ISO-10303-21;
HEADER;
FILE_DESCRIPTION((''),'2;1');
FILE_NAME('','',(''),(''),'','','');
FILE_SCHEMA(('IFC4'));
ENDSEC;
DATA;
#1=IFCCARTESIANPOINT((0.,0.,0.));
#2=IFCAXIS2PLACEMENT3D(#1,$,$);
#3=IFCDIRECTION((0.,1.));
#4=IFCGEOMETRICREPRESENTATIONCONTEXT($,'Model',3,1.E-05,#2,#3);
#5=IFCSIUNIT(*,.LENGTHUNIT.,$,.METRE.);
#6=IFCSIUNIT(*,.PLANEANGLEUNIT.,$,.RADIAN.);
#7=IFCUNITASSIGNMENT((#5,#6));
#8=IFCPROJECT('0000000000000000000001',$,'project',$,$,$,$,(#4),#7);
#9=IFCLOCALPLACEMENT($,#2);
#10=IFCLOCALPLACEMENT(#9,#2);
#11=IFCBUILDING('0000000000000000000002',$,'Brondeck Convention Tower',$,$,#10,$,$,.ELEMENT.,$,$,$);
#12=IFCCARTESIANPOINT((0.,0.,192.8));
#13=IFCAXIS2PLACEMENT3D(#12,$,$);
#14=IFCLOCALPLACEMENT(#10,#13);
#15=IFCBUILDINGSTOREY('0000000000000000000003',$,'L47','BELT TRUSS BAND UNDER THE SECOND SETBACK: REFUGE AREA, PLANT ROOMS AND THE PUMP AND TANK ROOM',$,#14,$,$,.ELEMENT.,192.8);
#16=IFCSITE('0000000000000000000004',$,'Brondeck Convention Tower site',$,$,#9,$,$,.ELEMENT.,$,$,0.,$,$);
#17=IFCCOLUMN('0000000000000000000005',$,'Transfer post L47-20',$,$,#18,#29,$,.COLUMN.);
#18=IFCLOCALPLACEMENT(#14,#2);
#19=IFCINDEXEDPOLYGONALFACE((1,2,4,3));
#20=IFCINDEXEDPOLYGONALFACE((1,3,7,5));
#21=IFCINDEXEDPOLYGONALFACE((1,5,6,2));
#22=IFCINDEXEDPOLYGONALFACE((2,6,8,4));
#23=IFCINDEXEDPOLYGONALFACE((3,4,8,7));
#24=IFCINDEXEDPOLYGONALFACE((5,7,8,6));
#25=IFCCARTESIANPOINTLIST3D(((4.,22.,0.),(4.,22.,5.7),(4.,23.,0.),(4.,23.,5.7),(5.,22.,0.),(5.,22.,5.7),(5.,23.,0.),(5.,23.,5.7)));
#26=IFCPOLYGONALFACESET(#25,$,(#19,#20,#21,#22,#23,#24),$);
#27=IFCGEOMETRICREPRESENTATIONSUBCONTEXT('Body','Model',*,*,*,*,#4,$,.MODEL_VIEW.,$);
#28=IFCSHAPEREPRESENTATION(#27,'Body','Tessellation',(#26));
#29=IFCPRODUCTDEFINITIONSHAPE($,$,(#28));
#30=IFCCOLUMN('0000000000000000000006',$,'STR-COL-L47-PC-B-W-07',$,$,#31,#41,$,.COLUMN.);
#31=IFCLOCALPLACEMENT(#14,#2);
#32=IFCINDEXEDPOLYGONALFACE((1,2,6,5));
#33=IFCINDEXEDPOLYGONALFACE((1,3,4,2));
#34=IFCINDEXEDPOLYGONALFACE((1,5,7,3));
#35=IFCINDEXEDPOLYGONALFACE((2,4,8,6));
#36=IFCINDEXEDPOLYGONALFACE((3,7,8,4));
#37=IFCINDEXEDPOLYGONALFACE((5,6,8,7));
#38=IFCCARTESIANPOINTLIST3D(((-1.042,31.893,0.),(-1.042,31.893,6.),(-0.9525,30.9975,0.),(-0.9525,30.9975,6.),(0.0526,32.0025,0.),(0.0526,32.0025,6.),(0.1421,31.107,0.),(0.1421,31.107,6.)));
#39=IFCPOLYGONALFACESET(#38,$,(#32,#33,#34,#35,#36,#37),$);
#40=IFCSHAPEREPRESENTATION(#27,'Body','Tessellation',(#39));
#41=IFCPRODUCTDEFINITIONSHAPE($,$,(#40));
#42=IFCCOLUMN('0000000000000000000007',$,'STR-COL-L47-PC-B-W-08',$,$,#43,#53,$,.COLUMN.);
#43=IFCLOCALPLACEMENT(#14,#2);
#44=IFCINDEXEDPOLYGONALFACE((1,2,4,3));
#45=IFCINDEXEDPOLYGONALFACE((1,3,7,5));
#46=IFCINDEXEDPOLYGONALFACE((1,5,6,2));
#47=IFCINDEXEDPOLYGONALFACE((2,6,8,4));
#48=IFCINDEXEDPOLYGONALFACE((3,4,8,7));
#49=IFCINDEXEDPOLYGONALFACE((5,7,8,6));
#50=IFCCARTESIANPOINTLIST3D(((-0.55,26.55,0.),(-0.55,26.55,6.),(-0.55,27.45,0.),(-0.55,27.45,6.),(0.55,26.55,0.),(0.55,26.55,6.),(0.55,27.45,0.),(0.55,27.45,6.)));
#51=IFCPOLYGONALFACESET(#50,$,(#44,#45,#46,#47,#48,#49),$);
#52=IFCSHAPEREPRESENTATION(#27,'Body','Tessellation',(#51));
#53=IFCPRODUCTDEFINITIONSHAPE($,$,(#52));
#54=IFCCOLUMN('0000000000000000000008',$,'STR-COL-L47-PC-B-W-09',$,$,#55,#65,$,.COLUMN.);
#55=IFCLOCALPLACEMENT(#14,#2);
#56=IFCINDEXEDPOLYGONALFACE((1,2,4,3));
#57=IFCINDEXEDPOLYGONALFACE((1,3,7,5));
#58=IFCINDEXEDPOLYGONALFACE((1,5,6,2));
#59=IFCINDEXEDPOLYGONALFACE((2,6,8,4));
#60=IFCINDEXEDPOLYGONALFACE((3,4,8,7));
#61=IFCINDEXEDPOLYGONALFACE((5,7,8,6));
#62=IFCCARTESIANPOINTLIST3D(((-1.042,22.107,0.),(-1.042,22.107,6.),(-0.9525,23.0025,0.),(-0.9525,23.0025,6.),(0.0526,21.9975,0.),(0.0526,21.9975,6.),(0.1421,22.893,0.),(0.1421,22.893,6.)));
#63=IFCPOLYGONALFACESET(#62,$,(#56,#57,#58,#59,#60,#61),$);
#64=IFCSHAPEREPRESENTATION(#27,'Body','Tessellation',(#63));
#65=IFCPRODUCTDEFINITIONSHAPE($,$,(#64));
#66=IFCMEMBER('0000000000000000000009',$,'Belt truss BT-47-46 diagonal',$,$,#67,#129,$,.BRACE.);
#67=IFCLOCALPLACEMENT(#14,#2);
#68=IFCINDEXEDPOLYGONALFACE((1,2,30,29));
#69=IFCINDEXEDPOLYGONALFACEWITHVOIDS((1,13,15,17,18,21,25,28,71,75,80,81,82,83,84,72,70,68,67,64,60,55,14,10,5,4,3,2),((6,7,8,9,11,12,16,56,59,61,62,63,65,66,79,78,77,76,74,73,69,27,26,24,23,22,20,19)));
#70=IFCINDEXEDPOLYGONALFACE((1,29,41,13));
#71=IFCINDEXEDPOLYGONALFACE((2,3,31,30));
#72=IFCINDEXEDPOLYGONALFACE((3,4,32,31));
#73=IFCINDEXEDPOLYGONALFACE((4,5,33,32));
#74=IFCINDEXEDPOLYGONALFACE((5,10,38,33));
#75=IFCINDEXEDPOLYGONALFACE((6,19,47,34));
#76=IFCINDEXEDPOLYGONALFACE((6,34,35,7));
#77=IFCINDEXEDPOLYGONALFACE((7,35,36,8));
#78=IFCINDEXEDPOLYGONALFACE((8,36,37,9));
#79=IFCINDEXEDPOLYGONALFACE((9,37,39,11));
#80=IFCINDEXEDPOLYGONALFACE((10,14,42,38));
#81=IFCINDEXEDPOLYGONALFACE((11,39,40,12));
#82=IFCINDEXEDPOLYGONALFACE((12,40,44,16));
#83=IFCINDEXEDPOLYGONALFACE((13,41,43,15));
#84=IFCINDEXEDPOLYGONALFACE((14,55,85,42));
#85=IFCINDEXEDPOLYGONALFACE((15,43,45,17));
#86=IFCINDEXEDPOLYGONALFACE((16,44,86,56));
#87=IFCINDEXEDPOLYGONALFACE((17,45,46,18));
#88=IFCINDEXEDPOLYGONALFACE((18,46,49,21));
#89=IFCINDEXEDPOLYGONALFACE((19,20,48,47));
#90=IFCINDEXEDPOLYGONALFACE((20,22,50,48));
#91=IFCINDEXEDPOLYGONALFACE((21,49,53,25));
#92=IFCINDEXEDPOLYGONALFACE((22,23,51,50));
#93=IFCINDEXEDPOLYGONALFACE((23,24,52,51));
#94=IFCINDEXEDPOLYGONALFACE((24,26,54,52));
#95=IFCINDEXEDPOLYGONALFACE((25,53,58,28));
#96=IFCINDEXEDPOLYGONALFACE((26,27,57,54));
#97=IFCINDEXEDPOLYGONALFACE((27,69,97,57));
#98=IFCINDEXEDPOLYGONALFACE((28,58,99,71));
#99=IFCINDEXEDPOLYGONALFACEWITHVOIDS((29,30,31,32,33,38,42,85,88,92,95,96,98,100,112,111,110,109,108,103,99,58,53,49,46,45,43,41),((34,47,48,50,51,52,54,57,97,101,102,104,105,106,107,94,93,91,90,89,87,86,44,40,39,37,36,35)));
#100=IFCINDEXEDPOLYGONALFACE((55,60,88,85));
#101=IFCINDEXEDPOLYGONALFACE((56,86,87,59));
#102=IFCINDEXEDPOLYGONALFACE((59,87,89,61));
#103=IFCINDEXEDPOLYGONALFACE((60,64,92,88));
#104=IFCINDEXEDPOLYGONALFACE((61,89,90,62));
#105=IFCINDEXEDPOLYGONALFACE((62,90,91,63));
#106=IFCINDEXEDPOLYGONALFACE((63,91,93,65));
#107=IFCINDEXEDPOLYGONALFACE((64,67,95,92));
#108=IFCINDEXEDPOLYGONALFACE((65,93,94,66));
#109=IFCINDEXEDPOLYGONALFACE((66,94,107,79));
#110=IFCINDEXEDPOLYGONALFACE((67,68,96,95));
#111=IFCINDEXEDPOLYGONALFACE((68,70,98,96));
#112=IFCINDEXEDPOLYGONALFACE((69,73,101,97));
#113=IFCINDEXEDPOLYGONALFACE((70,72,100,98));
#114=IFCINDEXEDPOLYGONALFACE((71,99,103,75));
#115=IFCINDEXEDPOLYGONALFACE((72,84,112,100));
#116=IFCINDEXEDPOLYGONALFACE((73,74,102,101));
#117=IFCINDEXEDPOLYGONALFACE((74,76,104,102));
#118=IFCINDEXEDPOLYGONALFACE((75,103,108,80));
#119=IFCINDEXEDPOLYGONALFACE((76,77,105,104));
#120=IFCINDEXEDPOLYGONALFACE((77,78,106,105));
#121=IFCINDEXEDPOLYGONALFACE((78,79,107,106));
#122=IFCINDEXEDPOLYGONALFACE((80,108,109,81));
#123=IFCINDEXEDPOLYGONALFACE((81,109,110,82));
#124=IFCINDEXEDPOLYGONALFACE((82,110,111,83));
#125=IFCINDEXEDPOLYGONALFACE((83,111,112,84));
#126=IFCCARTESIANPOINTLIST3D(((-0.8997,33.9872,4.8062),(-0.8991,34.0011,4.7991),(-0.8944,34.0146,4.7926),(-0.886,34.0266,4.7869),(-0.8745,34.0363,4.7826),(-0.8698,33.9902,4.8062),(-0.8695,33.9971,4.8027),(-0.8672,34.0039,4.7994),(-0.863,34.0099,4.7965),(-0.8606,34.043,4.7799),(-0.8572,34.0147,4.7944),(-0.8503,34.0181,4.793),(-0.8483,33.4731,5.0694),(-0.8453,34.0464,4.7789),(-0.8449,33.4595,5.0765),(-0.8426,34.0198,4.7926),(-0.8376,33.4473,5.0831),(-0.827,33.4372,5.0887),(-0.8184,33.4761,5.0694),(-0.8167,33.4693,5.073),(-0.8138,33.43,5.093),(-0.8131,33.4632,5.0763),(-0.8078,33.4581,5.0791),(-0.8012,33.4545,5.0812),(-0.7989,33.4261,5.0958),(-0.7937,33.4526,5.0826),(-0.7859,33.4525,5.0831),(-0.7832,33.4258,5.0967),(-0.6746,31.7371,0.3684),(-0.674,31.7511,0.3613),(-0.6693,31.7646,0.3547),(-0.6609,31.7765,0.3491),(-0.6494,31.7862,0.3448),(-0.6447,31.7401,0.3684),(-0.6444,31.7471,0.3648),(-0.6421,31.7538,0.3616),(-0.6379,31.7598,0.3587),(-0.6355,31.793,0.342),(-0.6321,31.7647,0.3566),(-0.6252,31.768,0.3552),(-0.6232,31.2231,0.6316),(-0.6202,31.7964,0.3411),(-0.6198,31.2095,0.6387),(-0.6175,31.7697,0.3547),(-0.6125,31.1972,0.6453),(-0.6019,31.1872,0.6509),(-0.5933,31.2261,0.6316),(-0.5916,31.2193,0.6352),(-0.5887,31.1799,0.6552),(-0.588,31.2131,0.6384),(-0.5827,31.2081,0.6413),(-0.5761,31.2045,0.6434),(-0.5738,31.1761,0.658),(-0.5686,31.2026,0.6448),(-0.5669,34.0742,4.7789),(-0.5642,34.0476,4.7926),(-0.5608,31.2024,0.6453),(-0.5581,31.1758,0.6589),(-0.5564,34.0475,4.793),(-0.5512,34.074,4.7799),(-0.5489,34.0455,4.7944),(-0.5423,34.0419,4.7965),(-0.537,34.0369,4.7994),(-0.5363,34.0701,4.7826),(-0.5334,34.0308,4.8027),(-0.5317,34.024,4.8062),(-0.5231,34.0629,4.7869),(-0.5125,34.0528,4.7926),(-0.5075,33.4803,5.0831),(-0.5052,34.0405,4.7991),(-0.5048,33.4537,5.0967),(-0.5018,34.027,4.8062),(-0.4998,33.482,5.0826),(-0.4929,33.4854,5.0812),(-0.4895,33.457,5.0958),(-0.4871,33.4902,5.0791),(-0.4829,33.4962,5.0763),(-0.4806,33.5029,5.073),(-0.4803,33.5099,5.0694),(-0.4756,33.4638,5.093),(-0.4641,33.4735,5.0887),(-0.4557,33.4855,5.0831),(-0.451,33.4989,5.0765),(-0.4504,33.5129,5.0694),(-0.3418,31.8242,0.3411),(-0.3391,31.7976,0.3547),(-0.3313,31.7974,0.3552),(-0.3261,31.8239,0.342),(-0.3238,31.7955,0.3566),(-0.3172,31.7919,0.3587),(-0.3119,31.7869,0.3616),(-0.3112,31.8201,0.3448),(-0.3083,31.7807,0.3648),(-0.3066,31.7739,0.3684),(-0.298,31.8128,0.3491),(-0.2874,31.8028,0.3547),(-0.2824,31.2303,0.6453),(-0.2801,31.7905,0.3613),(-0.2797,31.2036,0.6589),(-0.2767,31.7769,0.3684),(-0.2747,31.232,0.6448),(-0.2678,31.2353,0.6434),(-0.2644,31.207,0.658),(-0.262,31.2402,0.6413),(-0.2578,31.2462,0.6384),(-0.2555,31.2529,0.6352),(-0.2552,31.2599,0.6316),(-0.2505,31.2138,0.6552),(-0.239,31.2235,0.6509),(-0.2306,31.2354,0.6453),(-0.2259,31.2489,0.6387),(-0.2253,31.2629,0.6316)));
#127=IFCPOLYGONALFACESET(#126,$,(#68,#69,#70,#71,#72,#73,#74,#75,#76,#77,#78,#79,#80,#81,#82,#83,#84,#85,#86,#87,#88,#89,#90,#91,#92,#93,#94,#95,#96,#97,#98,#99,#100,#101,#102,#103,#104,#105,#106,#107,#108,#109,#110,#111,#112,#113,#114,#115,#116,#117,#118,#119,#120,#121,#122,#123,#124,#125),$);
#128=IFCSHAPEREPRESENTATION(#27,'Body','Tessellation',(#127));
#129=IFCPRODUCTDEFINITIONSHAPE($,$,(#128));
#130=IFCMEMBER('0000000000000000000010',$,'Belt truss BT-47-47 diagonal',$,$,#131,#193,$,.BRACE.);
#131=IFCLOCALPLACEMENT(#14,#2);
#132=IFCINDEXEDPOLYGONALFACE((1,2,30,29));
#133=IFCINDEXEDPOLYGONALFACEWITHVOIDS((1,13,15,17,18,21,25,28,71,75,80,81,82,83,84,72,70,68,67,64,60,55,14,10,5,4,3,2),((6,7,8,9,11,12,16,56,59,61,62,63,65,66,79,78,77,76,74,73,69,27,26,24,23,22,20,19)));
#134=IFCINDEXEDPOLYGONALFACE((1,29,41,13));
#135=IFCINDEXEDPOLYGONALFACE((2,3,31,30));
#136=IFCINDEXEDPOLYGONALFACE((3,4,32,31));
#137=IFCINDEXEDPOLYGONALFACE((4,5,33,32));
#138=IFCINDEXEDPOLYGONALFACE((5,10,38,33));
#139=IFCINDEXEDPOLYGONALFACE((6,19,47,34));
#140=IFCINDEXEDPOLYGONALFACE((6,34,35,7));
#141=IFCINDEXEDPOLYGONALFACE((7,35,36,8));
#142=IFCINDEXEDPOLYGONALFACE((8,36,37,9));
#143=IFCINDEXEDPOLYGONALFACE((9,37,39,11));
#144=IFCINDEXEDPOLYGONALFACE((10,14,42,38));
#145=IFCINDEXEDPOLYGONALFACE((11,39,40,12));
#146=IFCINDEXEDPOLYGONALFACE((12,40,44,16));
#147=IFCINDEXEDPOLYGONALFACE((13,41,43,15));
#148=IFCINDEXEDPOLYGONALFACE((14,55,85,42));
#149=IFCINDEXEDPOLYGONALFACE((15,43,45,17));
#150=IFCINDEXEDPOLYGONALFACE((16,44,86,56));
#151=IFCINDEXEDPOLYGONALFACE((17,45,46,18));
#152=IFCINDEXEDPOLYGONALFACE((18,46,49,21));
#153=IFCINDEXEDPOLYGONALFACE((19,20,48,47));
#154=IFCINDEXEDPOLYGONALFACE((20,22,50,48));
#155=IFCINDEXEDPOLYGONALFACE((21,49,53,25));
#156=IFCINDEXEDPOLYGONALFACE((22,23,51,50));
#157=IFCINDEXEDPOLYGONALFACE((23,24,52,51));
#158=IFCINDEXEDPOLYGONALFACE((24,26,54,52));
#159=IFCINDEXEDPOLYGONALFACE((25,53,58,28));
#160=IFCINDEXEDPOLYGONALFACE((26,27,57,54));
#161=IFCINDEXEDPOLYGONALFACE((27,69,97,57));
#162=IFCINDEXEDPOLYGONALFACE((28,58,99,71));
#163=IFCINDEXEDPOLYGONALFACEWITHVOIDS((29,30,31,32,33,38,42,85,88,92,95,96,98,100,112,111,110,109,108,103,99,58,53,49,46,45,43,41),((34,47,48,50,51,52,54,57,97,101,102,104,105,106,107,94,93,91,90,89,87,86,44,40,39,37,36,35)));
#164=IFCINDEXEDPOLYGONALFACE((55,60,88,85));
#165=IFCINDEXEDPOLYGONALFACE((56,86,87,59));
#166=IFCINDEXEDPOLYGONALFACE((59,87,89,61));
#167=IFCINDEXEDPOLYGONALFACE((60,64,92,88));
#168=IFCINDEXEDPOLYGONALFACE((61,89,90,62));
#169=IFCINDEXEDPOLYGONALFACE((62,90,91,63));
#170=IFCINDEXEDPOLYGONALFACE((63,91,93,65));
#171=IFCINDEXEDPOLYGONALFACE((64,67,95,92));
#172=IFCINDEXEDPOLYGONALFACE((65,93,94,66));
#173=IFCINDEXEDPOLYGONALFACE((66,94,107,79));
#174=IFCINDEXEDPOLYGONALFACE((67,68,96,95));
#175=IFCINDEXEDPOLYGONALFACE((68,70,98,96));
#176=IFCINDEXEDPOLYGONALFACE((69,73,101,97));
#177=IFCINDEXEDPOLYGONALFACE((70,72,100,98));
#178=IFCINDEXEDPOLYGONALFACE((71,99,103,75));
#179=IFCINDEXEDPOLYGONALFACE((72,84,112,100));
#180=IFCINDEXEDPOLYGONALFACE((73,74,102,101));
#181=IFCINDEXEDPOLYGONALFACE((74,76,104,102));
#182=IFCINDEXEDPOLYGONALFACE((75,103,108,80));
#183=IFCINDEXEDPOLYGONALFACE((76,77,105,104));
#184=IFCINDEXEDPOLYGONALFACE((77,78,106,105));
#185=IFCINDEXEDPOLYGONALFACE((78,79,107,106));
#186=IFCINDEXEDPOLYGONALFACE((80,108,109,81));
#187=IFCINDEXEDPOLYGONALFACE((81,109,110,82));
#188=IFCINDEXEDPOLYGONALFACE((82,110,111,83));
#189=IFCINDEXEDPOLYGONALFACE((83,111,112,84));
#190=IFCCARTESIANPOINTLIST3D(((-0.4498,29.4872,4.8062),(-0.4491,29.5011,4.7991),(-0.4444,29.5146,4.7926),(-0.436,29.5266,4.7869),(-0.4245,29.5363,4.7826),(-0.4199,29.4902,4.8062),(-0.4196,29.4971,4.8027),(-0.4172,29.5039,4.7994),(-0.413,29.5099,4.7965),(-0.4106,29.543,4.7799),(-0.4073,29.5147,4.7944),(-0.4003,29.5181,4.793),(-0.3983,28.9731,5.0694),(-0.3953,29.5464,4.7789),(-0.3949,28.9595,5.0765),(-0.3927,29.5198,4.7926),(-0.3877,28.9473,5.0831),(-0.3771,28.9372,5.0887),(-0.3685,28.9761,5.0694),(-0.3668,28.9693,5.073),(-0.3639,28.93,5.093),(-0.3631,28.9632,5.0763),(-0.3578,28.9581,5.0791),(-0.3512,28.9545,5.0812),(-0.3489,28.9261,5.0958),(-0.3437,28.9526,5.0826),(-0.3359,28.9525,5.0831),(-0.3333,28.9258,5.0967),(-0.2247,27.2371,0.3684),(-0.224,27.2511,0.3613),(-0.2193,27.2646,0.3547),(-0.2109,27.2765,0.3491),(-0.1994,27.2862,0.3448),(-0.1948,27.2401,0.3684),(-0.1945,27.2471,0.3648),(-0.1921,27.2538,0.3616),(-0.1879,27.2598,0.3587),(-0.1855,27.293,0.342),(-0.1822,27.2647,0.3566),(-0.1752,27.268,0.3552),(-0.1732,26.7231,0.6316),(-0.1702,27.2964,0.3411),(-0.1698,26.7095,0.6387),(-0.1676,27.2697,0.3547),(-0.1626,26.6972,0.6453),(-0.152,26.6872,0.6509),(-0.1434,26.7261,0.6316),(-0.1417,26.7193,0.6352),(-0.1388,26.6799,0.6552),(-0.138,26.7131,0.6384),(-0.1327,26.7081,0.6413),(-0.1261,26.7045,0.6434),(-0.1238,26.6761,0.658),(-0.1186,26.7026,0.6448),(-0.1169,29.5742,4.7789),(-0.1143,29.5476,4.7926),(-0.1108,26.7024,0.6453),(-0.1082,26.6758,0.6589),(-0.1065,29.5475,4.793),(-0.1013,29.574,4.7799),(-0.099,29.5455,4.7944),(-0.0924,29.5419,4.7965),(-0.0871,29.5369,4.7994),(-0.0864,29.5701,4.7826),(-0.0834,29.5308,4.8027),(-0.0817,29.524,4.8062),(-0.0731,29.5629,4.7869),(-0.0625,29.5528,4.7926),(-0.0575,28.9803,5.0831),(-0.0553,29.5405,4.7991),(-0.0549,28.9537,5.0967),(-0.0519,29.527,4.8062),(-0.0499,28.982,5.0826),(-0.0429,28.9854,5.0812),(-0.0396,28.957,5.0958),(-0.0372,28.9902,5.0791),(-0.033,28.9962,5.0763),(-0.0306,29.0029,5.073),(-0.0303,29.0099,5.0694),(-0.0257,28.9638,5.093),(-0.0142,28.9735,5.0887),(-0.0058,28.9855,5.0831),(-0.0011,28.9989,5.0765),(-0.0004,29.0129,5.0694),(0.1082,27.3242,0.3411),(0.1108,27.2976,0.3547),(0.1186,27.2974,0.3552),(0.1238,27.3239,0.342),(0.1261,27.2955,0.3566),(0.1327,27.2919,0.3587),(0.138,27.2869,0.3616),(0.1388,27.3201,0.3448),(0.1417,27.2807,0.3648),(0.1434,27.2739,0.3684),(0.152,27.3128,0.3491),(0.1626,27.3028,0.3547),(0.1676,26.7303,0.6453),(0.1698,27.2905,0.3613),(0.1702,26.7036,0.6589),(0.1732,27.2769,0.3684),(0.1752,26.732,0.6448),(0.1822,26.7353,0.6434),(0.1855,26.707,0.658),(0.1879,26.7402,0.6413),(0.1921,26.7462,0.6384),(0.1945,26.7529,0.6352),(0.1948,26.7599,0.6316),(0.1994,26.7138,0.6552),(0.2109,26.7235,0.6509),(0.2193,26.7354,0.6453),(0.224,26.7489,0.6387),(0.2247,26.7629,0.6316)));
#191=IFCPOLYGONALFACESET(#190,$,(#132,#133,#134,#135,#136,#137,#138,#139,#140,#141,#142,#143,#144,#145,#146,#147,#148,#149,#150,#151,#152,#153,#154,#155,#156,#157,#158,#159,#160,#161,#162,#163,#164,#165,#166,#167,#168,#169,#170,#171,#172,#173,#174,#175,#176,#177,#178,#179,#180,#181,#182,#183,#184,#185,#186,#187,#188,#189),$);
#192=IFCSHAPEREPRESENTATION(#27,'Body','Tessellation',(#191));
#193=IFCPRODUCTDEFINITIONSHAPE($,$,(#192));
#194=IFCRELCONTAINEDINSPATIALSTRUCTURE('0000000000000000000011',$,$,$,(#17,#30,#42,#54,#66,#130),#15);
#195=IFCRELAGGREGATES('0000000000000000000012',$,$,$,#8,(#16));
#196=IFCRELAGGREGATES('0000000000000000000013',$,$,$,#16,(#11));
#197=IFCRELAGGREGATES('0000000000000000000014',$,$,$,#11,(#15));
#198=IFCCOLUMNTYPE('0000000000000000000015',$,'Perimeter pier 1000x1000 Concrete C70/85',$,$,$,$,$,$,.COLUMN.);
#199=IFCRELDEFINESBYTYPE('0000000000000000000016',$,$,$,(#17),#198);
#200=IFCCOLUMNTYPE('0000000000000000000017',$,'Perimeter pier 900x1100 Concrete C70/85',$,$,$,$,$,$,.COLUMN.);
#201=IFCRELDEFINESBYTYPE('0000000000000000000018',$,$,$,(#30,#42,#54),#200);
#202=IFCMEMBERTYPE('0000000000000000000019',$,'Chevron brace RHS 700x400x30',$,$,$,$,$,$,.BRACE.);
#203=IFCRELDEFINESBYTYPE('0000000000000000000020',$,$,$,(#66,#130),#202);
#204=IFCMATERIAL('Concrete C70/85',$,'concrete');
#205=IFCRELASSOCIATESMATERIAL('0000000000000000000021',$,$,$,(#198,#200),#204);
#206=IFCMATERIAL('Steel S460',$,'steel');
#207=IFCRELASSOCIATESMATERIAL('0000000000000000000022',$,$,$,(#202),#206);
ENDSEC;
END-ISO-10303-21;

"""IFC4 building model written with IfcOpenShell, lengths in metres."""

from ifc_helpers import new_model, si_unit, direction, frame, origin, origin_2d, place, context, subcontext, project, spatial, rectangle, hollow_rectangle, extrude, material, material_profile, profile_set, type_object, element, save


model = new_model("IFC4")

# Units and contexts
model_context = context("Model", 3, precision=1e-05, world=origin(), true_north=direction((0.0, 1.0)))
body_context = subcontext(model_context, "Body", "Model", "MODEL_VIEW")
ifc_project = project(units=[si_unit("LENGTHUNIT", "METRE"), si_unit("PLANEANGLEUNIT", "RADIAN")], contexts=[model_context])

# Site, building, storey
site_placement = place(None, origin())
site = spatial("IfcSite", under=ifc_project, at=site_placement, Name="Brondeck Convention Tower site", CompositionType="ELEMENT", RefElevation=0.0)
building_placement = place(site_placement, origin())
building = spatial("IfcBuilding", under=site, at=building_placement, Name="Brondeck Convention Tower", CompositionType="ELEMENT")
storey_placement = place(building_placement, frame((0.0, 0.0, 192.8)))
storey = spatial("IfcBuildingStorey", under=building, at=storey_placement, Name="L47", Description="BELT TRUSS BAND UNDER THE SECOND SETBACK: REFUGE AREA, PLANT ROOMS AND THE PUMP AND TANK ROOM", CompositionType="ELEMENT", Elevation=192.8)

# Columns
ifc_material_1 = material(Name="Concrete C70/85", Category="concrete")
ifc_material_profile_1 = material_profile(ifc_material_1, rectangle(XDim=1.0, YDim=1.0, at=origin_2d()), Name="Perimeter pier 1000x1000 Concrete C70/85")
ifc_profile_set_1 = profile_set([ifc_material_profile_1], Name="Concrete C70/85")
column_type_1 = type_object("IfcColumnType", Name="Perimeter pier 1000x1000 Concrete C70/85", PredefinedType="COLUMN", material=ifc_profile_set_1)
column_placement = place(storey_placement, frame((4.5, 22.5, 0.0), z_axis=(0.0, 0.0, 1.0), x_axis=(1.0, 0.0, 0.0)))
element("IfcColumn", 1, at=column_placement, inside=storey, type_object=column_type_1, Name="Transfer post L47-20", PredefinedType="COLUMN", context=body_context, shape_type="SweptSolid", body=[
    extrude(rectangle(XDim=1.0, YDim=1.0, at=origin_2d()), origin(), (0.0, 0.0, 1.0), 5.7),
])
ifc_material_profile_2 = material_profile(ifc_material_1, rectangle(XDim=0.8999, YDim=1.1001, at=origin_2d()), Name="Perimeter pier 900x1100 Concrete C70/85")
ifc_profile_set_2 = profile_set([ifc_material_profile_2], Name="Concrete C70/85")
column_type_2 = type_object("IfcColumnType", Name="Perimeter pier 900x1100 Concrete C70/85", PredefinedType="COLUMN", material=ifc_profile_set_2)
for number, where, z_axis, x_axis, name in (
    (2, (-0.45, 31.5, 0.0), (0.0, 0.0, 1.0), (0.099504, -0.995037, 0.0), "STR-COL-L47-PC-B-W-07"),
    (3, (0.0, 27.0, 0.0), (0.0, 0.0, 1.0), (0.0, -1.0, 0.0), "STR-COL-L47-PC-B-W-08"),
    (4, (-0.45, 22.5, 0.0), (0.0, 0.0, 1.0), (-0.099504, -0.995037, 0.0), "STR-COL-L47-PC-B-W-09"),
):
    element("IfcColumn", number, at=place(storey_placement, frame(where, z_axis=z_axis, x_axis=x_axis)), inside=storey, type_object=column_type_2, Name=name, PredefinedType="COLUMN", context=body_context, shape_type="SweptSolid", body=[
        extrude(rectangle(XDim=0.8999, YDim=1.1001, at=origin_2d()), origin(), (0.0, 0.0, 1.0), 6.0),
    ])

# Members
ifc_material_2 = material(Name="Steel S460", Category="steel")
ifc_material_profile_3 = material_profile(ifc_material_2, hollow_rectangle(XDim=0.3999, YDim=0.7, WallThickness=0.03, InnerFilletRadius=0.03, OuterFilletRadius=0.0601, at=origin_2d()), Name="RHS 700x400x30")
ifc_profile_set_3 = profile_set([ifc_material_profile_3], Name="Steel S460")
member_type_1 = type_object("IfcMemberType", Name="Chevron brace RHS 700x400x30", PredefinedType="BRACE", material=ifc_profile_set_3)
for number, where, z_axis, x_axis, name in (
    (5, (-0.45, 31.5, 0.5), (-0.045195, 0.451749, 0.890999), (-0.995033, -0.099546, 0.0), "Belt truss BT-47-46 diagonal"),
    (6, (0.0, 27.0, 0.5), (-0.045195, 0.451749, 0.890999), (-0.995033, -0.099546, 0.0), "Belt truss BT-47-47 diagonal"),
):
    element("IfcMember", number, at=place(storey_placement, frame(where, z_axis=z_axis, x_axis=x_axis)), inside=storey, type_object=member_type_1, Name=name, PredefinedType="BRACE", context=body_context, shape_type="SweptSolid", body=[
        extrude(hollow_rectangle(XDim=0.3999, YDim=0.7, WallThickness=0.03, InnerFilletRadius=0.03, OuterFilletRadius=0.0601, at=origin_2d()), origin(), (0.0, 0.0, 1.0), 4.9807),
    ])

save(model, "model.ifc")
